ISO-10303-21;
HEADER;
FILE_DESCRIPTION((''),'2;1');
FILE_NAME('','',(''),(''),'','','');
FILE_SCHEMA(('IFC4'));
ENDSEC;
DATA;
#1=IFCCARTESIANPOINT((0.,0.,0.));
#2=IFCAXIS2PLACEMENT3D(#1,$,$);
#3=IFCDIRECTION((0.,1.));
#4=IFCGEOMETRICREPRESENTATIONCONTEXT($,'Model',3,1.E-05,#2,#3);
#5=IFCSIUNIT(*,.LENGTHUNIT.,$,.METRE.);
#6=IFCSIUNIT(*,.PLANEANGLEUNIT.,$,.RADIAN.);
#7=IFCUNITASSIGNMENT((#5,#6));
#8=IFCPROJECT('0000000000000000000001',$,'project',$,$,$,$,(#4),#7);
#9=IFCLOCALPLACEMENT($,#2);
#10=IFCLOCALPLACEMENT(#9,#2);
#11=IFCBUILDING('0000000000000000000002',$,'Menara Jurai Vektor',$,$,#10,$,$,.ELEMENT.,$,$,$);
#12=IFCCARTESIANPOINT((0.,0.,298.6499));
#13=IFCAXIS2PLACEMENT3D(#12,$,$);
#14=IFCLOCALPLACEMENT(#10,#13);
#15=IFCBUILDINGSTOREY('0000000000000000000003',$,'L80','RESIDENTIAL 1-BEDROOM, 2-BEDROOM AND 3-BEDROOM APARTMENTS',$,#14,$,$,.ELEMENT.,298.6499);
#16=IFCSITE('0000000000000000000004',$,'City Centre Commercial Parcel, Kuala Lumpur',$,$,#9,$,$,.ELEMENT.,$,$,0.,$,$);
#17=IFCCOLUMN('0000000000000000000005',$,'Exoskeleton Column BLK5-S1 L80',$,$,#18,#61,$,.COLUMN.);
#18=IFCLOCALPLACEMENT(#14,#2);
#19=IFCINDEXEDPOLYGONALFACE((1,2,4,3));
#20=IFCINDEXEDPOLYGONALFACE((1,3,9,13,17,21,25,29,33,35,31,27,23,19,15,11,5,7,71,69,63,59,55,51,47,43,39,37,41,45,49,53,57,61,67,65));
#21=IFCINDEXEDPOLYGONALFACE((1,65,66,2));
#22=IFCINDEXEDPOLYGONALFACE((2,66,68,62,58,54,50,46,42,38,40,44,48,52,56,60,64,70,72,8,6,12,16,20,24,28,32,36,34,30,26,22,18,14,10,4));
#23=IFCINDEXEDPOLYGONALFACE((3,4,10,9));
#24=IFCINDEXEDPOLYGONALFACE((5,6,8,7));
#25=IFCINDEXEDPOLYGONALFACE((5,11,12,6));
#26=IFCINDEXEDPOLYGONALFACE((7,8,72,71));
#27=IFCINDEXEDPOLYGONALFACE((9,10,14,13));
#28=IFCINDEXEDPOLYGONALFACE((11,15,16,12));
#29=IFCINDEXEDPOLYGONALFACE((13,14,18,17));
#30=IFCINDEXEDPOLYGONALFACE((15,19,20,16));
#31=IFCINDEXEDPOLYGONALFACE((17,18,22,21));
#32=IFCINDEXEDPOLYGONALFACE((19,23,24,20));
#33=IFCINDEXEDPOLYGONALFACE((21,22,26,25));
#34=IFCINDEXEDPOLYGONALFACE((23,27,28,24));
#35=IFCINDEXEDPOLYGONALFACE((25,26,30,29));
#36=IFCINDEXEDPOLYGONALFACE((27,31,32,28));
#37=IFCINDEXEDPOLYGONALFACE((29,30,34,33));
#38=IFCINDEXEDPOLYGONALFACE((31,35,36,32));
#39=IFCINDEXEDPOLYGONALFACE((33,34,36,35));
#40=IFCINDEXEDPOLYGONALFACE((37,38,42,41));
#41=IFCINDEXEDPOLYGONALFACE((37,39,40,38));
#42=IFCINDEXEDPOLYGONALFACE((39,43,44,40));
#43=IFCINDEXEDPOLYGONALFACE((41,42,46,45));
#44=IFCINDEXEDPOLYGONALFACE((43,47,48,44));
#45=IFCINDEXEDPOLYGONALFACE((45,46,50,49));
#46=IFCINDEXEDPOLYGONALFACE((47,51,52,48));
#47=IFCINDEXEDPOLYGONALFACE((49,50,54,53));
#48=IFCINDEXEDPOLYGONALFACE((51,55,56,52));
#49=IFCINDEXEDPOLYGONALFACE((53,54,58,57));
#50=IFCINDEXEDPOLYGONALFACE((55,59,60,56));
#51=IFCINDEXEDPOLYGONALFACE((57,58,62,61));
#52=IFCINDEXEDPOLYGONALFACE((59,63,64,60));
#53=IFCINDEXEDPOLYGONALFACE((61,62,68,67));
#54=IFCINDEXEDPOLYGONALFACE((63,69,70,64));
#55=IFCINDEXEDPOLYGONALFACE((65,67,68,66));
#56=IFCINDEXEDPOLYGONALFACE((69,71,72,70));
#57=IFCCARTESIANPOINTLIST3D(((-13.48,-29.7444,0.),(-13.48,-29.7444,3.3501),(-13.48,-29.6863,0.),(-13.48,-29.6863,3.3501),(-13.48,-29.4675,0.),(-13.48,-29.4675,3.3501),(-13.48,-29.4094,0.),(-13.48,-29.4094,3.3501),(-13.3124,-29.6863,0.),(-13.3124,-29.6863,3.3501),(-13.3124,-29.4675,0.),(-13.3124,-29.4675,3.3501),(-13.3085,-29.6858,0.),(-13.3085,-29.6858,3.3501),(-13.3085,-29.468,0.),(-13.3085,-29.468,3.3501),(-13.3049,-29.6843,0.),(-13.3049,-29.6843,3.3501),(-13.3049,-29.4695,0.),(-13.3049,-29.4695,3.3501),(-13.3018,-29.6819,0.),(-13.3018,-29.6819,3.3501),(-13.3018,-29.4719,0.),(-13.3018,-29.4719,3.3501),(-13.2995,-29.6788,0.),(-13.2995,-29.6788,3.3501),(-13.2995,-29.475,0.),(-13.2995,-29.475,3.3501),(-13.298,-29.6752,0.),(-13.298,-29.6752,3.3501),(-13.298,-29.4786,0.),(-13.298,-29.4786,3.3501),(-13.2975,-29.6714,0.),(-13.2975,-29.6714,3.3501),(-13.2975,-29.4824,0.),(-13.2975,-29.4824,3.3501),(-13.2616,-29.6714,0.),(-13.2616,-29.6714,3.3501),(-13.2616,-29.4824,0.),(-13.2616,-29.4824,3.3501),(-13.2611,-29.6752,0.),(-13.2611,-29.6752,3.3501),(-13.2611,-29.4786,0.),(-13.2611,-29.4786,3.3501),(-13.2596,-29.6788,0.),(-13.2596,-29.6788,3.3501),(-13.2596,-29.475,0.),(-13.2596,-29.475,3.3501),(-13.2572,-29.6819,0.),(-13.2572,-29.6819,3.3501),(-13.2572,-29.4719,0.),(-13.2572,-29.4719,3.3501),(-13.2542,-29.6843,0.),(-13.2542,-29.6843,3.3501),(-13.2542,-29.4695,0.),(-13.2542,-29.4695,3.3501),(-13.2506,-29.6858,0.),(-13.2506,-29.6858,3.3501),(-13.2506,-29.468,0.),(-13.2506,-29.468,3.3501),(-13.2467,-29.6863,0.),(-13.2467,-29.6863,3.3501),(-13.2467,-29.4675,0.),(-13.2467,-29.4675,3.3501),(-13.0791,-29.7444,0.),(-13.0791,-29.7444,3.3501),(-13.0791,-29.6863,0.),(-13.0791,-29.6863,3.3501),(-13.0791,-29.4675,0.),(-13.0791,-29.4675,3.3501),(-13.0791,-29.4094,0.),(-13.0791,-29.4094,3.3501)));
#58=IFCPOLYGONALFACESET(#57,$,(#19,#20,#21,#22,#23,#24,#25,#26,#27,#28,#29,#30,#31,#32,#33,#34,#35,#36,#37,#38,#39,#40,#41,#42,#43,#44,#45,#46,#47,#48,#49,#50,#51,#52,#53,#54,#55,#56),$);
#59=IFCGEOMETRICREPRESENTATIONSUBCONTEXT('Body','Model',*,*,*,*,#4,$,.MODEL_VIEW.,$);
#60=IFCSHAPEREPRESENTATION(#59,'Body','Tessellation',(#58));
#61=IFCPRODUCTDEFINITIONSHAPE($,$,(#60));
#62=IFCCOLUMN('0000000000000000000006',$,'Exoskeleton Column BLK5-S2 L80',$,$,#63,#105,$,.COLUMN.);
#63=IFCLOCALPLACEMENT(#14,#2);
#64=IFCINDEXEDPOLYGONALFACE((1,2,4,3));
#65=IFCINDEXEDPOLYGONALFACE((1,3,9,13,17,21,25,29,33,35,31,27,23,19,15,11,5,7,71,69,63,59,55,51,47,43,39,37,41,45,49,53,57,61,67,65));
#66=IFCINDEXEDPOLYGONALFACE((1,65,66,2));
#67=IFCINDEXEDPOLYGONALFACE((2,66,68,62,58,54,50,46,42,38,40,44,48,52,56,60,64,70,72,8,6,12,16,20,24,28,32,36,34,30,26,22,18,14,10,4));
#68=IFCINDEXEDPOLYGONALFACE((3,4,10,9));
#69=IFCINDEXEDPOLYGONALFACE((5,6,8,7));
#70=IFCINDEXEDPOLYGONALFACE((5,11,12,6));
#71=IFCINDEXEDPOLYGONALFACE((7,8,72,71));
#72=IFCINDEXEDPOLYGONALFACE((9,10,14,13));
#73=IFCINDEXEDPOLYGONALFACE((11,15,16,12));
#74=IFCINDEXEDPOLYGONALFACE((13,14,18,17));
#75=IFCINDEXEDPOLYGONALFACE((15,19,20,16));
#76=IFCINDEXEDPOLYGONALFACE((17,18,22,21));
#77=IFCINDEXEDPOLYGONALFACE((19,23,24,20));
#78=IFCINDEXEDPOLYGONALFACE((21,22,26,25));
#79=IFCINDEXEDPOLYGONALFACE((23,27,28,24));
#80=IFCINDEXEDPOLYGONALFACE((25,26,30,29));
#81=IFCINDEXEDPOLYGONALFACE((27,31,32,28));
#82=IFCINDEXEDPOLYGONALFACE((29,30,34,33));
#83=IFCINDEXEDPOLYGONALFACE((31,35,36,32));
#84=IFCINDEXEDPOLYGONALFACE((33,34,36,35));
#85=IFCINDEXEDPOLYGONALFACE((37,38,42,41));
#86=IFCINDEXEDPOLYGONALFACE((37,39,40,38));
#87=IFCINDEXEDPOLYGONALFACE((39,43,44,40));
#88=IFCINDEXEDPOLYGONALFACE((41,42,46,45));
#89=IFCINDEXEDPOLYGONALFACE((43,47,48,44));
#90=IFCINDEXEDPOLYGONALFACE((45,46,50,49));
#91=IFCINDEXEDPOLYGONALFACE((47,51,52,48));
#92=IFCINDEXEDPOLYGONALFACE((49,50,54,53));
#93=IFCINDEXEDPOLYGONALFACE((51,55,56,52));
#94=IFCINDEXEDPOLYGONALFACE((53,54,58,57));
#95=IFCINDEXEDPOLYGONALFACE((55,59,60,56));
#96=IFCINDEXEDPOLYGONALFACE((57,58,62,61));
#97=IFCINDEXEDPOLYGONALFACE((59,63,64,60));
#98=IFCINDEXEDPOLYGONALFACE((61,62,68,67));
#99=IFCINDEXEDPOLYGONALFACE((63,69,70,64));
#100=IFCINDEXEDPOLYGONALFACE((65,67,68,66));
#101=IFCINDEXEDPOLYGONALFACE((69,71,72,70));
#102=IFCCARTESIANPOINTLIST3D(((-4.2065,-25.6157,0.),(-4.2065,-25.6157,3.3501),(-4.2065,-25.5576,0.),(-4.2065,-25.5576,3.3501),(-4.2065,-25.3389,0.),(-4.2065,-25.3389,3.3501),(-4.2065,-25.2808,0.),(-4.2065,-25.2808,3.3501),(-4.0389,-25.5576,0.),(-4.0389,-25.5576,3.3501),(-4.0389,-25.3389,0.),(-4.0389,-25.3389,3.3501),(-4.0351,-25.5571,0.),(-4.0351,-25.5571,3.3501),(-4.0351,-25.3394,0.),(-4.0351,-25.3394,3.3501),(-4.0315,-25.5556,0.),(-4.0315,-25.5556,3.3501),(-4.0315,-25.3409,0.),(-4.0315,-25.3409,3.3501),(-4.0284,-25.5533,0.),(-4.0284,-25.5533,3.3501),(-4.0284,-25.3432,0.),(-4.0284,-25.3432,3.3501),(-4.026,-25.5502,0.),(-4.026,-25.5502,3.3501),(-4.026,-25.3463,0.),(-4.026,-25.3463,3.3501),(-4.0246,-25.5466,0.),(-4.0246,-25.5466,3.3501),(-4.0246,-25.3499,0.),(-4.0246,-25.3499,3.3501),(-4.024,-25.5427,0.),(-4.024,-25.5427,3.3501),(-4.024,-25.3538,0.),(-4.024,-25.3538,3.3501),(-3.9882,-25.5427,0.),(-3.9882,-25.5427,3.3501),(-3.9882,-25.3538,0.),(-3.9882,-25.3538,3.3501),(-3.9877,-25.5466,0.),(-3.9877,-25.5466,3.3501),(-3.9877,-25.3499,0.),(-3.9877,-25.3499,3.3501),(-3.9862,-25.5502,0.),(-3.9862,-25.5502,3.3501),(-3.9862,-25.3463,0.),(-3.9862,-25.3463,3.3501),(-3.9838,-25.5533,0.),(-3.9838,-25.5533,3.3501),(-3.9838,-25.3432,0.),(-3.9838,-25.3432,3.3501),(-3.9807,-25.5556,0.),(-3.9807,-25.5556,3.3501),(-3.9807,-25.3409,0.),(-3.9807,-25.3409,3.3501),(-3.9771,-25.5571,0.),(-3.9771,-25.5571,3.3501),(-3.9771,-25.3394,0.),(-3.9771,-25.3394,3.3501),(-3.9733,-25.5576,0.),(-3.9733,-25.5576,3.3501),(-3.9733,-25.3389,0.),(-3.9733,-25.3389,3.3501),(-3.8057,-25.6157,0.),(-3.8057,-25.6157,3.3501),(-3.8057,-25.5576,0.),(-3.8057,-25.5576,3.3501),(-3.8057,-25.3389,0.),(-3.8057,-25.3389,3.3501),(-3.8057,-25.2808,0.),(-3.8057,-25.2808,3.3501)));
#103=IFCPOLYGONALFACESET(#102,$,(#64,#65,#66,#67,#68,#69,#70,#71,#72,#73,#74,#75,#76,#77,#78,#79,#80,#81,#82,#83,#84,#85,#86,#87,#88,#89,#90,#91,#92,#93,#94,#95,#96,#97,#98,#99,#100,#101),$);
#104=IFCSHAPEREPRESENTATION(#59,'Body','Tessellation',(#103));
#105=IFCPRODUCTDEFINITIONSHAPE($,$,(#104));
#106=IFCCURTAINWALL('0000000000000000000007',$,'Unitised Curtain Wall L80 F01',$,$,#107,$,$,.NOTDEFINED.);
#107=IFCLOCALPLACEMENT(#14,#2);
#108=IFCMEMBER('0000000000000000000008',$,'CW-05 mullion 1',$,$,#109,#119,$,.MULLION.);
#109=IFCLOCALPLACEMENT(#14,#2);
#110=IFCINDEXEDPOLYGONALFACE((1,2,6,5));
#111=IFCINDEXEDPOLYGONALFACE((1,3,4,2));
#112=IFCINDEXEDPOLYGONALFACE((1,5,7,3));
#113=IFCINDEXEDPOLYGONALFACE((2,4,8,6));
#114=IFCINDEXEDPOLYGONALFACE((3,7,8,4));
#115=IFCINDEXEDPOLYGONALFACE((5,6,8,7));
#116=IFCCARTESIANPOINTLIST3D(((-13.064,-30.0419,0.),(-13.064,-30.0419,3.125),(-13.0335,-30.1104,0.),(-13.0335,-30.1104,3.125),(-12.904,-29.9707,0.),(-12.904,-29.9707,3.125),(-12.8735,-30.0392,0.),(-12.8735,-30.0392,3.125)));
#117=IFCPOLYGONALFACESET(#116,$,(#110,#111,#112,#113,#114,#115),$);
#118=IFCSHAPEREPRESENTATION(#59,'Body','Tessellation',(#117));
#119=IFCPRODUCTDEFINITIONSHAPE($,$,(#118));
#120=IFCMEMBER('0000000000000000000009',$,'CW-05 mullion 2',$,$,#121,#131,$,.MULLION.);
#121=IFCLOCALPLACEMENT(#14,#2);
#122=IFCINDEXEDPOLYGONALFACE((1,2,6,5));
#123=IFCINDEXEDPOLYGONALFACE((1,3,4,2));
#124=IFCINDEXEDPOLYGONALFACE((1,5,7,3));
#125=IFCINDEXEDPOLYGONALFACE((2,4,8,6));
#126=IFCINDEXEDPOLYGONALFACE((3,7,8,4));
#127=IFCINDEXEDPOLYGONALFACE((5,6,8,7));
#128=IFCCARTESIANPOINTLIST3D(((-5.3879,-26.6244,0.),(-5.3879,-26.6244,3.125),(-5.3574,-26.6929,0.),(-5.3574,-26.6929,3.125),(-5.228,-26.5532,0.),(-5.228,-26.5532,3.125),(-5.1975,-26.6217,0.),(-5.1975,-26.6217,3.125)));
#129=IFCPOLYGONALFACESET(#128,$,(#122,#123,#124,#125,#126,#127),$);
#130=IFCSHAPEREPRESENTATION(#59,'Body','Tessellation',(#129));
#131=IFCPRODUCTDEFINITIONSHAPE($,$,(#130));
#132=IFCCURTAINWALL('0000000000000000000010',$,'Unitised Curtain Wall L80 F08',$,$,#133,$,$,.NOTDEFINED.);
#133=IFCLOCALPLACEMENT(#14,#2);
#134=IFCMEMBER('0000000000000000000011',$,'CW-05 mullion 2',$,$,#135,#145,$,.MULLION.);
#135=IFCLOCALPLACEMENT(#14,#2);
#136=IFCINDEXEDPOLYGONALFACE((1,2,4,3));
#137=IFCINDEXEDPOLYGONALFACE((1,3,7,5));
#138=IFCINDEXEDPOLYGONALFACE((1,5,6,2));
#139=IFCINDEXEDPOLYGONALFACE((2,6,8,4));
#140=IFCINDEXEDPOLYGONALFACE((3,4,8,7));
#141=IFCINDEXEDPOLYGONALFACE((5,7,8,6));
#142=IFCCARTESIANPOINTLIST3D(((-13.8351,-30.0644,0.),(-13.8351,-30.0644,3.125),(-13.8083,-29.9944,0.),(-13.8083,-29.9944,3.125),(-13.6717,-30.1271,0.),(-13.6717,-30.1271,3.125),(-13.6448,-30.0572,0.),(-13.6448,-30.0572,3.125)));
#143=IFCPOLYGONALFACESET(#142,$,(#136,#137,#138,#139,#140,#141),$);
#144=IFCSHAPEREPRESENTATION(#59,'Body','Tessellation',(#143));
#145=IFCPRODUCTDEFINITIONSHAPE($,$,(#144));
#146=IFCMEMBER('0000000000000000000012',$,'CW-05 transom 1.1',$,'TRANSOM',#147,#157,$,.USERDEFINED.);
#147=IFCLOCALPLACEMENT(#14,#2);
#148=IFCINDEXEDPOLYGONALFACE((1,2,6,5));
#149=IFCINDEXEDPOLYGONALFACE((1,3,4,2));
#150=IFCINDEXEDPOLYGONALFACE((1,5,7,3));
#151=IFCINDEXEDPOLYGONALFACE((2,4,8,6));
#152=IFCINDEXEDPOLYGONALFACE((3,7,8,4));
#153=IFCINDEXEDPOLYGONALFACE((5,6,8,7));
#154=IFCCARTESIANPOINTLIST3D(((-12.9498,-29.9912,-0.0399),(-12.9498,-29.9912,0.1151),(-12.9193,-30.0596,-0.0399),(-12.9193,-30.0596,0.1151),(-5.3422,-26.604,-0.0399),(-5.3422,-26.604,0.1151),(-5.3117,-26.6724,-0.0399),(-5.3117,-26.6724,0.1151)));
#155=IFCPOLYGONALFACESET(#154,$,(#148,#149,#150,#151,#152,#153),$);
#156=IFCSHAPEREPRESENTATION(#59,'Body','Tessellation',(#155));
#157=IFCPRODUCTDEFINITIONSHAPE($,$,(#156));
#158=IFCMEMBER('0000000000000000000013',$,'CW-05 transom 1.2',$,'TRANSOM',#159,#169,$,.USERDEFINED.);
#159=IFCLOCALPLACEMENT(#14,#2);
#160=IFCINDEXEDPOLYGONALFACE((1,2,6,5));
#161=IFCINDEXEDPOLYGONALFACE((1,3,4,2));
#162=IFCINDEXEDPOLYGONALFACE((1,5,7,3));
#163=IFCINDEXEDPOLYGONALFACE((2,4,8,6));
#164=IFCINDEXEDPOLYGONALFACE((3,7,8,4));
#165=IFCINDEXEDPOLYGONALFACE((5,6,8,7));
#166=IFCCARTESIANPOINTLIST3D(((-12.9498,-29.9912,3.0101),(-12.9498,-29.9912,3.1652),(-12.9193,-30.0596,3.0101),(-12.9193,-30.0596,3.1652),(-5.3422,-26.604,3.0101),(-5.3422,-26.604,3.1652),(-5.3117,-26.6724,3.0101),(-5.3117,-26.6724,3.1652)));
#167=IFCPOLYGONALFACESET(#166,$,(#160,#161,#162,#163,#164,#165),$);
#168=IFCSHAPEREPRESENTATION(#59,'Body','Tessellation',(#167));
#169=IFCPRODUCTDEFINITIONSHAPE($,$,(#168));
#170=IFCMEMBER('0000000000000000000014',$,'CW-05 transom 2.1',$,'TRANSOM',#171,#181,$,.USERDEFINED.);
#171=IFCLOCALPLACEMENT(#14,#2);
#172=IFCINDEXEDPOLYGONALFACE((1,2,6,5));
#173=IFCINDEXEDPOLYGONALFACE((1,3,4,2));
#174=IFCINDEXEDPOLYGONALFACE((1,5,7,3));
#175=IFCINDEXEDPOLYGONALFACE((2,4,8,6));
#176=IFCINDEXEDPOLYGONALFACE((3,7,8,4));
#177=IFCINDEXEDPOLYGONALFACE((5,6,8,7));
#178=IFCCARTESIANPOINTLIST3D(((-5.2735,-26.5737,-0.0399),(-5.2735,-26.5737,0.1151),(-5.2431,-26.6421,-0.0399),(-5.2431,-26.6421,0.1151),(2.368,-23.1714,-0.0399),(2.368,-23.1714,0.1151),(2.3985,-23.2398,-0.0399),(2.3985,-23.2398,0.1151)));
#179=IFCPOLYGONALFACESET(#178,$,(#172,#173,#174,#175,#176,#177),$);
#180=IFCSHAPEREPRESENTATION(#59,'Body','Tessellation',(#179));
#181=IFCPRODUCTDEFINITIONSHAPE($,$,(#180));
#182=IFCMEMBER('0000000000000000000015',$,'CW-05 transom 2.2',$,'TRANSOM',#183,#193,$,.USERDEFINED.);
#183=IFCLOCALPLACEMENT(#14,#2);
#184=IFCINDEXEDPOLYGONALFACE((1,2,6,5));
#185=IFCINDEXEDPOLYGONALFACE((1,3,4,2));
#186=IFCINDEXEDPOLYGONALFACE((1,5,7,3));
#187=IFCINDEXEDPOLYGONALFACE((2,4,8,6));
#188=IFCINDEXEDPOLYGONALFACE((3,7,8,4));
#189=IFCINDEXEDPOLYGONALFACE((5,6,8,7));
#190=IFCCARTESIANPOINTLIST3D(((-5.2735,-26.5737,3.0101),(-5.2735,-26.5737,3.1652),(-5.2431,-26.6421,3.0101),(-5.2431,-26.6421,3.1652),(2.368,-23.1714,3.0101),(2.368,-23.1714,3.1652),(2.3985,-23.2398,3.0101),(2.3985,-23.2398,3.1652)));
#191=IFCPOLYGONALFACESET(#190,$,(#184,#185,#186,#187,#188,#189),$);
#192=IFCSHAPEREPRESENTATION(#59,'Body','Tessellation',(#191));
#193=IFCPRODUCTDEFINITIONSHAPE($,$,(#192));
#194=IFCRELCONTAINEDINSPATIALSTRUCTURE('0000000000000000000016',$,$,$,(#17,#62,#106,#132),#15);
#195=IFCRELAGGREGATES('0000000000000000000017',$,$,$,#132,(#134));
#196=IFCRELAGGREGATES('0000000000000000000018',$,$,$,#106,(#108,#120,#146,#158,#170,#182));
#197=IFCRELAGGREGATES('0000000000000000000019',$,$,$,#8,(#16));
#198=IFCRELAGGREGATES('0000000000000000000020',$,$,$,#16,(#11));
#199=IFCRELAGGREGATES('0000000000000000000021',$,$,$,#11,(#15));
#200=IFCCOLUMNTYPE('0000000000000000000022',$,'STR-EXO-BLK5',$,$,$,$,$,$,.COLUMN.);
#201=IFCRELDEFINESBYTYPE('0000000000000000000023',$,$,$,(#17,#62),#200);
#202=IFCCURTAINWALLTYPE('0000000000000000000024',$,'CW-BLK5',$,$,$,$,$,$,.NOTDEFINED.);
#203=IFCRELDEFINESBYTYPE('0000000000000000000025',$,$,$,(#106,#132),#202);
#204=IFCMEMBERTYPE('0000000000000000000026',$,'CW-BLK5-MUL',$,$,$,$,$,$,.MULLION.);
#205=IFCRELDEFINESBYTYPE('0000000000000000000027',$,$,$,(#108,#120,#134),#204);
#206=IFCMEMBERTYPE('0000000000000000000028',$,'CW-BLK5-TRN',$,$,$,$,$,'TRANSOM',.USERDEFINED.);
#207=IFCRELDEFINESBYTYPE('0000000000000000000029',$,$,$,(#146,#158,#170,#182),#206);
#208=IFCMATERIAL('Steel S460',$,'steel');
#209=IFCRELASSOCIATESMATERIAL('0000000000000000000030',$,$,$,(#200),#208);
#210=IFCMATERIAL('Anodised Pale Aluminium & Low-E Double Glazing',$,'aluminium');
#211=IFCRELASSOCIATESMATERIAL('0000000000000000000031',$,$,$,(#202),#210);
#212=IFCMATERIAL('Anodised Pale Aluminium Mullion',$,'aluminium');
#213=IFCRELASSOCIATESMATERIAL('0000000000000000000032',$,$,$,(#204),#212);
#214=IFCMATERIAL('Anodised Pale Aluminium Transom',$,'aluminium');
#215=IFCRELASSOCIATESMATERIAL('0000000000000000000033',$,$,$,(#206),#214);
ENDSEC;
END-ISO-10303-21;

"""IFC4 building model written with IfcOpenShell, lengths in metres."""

from ifc_helpers import new_model, si_unit, direction, frame, origin, origin_2d, place, context, subcontext, project, spatial, rectangle, i_section, extrude, material, material_profile, profile_set, type_object, element, aggregate, save


model = new_model("IFC4")

# Units and contexts
model_context = context("Model", 3, precision=1e-05, world=origin(), true_north=direction((0.0, 1.0)))
body_context = subcontext(model_context, "Body", "Model", "MODEL_VIEW")
ifc_project = project(units=[si_unit("LENGTHUNIT", "METRE"), si_unit("PLANEANGLEUNIT", "RADIAN")], contexts=[model_context])

# Site, building, storey
site_placement = place(None, origin())
site = spatial("IfcSite", under=ifc_project, at=site_placement, Name="City Centre Commercial Parcel, Kuala Lumpur", CompositionType="ELEMENT", RefElevation=0.0)
building_placement = place(site_placement, origin())
building = spatial("IfcBuilding", under=site, at=building_placement, Name="Menara Jurai Vektor", CompositionType="ELEMENT")
storey_placement = place(building_placement, frame((0.0, 0.0, 298.6499)))
storey = spatial("IfcBuildingStorey", under=building, at=storey_placement, Name="L80", Description="RESIDENTIAL 1-BEDROOM, 2-BEDROOM AND 3-BEDROOM APARTMENTS", CompositionType="ELEMENT", Elevation=298.6499)

# Columns
ifc_material_1 = material(Name="Steel S460", Category="steel")
ifc_material_profile_1 = material_profile(ifc_material_1, i_section(OverallWidth=0.4009, OverallDepth=0.335, WebThickness=0.0359, FlangeThickness=0.0581, FilletRadius=0.0149, at=origin_2d()), Name="HD 400x463")
ifc_profile_set_1 = profile_set([ifc_material_profile_1], Name="Steel S460")
column_type = type_object("IfcColumnType", Name="STR-EXO-BLK5", PredefinedType="COLUMN", material=ifc_profile_set_1)
for number, where, z_axis, x_axis, name in (
    (1, (-13.2795, -29.5769, 0.0), (0.0, 0.0, 1.0), (1.0, 0.0, 0.0), "Exoskeleton Column BLK5-S1 L80"),
    (2, (-4.0061, -25.4482, 0.0), (0.0, 0.0, 1.0), (1.0, 0.0, 0.0), "Exoskeleton Column BLK5-S2 L80"),
):
    element("IfcColumn", number, at=place(storey_placement, frame(where, z_axis=z_axis, x_axis=x_axis)), inside=storey, type_object=column_type, Name=name, PredefinedType="COLUMN", context=body_context, shape_type="SweptSolid", body=[
        extrude(i_section(OverallWidth=0.4009, OverallDepth=0.335, WebThickness=0.0359, FlangeThickness=0.0581, FilletRadius=0.0149, at=origin_2d()), origin(), (0.0, 0.0, 1.0), 3.3501),
    ])

# Curtain wall, members
ifc_material_2 = material(Name="Anodised Pale Aluminium & Low-E Double Glazing", Category="aluminium")
curtain_wall_type = type_object("IfcCurtainWallType", Name="CW-BLK5", PredefinedType="NOTDEFINED", material=ifc_material_2)
curtain_wall_1_placement = place(storey_placement, origin())
curtain_wall_1 = element("IfcCurtainWall", 3, at=curtain_wall_1_placement, inside=storey, type_object=curtain_wall_type, Name="Unitised Curtain Wall L80 F01", PredefinedType="NOTDEFINED")
ifc_material_3 = material(Name="Anodised Pale Aluminium Mullion", Category="aluminium")
ifc_material_profile_2 = material_profile(ifc_material_3, rectangle(XDim=0.075, YDim=0.175, at=origin_2d()), Name="ALU MUL 75x175")
ifc_profile_set_2 = profile_set([ifc_material_profile_2], Name="Anodised Pale Aluminium Mullion")
member_type_1 = type_object("IfcMemberType", Name="CW-BLK5-MUL", PredefinedType="MULLION", material=ifc_profile_set_2)
member_1_placement = place(storey_placement, frame((-12.9688, -30.0405, 0.0), z_axis=(0.0, 0.0, 1.0), x_axis=(-0.406735, 0.913546, 0.0)))
member_1 = element("IfcMember", 4, at=member_1_placement, type_object=member_type_1, Name="CW-05 mullion 1", PredefinedType="MULLION", context=body_context, shape_type="SweptSolid", body=[
    extrude(rectangle(XDim=0.075, YDim=0.175, at=origin_2d()), origin(), (0.0, 0.0, 1.0), 3.125),
])
member_2_placement = place(storey_placement, frame((-5.2927, -26.623, 0.0), z_axis=(0.0, 0.0, 1.0), x_axis=(-0.406735, 0.913546, 0.0)))
member_2 = element("IfcMember", 5, at=member_2_placement, type_object=member_type_1, Name="CW-05 mullion 2", PredefinedType="MULLION", context=body_context, shape_type="SweptSolid", body=[
    extrude(rectangle(XDim=0.075, YDim=0.175, at=origin_2d()), origin(), (0.0, 0.0, 1.0), 3.125),
])

# Curtain wall, member
curtain_wall_2_placement = place(storey_placement, origin())
curtain_wall_2 = element("IfcCurtainWall", 6, at=curtain_wall_2_placement, inside=storey, type_object=curtain_wall_type, Name="Unitised Curtain Wall L80 F08", PredefinedType="NOTDEFINED")
member_3_placement = place(storey_placement, frame((-13.74, -30.0608, 0.0), z_axis=(0.0, 0.0, 1.0), x_axis=(0.358374, 0.933578, 0.0)))
member_3 = element("IfcMember", 7, at=member_3_placement, type_object=member_type_1, Name="CW-05 mullion 2", PredefinedType="MULLION", context=body_context, shape_type="SweptSolid", body=[
    extrude(rectangle(XDim=0.075, YDim=0.175, at=origin_2d()), origin(), (0.0, 0.0, 1.0), 3.125),
])
aggregate(curtain_wall_2, [member_3])

# Members
ifc_material_4 = material(Name="Anodised Pale Aluminium Transom", Category="aluminium")
ifc_material_profile_3 = material_profile(ifc_material_4, rectangle(XDim=0.075, YDim=0.155, at=origin_2d()), Name="ALU TRN 75x155")
ifc_profile_set_3 = profile_set([ifc_material_profile_3], Name="Anodised Pale Aluminium Transom")
member_type_2 = type_object("IfcMemberType", Name="CW-BLK5-TRN", ElementType="TRANSOM", PredefinedType="USERDEFINED", material=ifc_profile_set_3)
member_4_placement = place(storey_placement, frame((-12.9346, -30.0254, 0.0376), z_axis=(0.913543, 0.406742, 0.0), x_axis=(-0.406742, 0.913543, 0.0)))
member_4 = element("IfcMember", 8, at=member_4_placement, type_object=member_type_2, Name="CW-05 transom 1.1", ObjectType="TRANSOM", PredefinedType="USERDEFINED", context=body_context, shape_type="SweptSolid", body=[
    extrude(rectangle(XDim=0.075, YDim=0.155, at=origin_2d()), origin(), (0.0, 0.0, 1.0), 8.3276),
])
member_5_placement = place(storey_placement, frame((-12.9346, -30.0254, 3.0876), z_axis=(0.913543, 0.406742, 0.0), x_axis=(-0.406742, 0.913543, 0.0)))
member_5 = element("IfcMember", 9, at=member_5_placement, type_object=member_type_2, Name="CW-05 transom 1.2", ObjectType="TRANSOM", PredefinedType="USERDEFINED", context=body_context, shape_type="SweptSolid", body=[
    extrude(rectangle(XDim=0.075, YDim=0.155, at=origin_2d()), origin(), (0.0, 0.0, 1.0), 8.3276),
])
member_6_placement = place(storey_placement, frame((-5.2583, -26.6079, 0.0376), z_axis=(0.913542, 0.406745, 0.0), x_axis=(-0.406745, 0.913542, 0.0)))
member_6 = element("IfcMember", 10, at=member_6_placement, type_object=member_type_2, Name="CW-05 transom 2.1", ObjectType="TRANSOM", PredefinedType="USERDEFINED", context=body_context, shape_type="SweptSolid", body=[
    extrude(rectangle(XDim=0.075, YDim=0.155, at=origin_2d()), origin(), (0.0, 0.0, 1.0), 8.3647),
])
member_7_placement = place(storey_placement, frame((-5.2583, -26.6079, 3.0876), z_axis=(0.913542, 0.406745, 0.0), x_axis=(-0.406745, 0.913542, 0.0)))
member_7 = element("IfcMember", 11, at=member_7_placement, type_object=member_type_2, Name="CW-05 transom 2.2", ObjectType="TRANSOM", PredefinedType="USERDEFINED", context=body_context, shape_type="SweptSolid", body=[
    extrude(rectangle(XDim=0.075, YDim=0.155, at=origin_2d()), origin(), (0.0, 0.0, 1.0), 8.3647),
])

aggregate(curtain_wall_1, [member_1, member_2, member_4, member_5, member_6, member_7])

save(model, "model.ifc")
